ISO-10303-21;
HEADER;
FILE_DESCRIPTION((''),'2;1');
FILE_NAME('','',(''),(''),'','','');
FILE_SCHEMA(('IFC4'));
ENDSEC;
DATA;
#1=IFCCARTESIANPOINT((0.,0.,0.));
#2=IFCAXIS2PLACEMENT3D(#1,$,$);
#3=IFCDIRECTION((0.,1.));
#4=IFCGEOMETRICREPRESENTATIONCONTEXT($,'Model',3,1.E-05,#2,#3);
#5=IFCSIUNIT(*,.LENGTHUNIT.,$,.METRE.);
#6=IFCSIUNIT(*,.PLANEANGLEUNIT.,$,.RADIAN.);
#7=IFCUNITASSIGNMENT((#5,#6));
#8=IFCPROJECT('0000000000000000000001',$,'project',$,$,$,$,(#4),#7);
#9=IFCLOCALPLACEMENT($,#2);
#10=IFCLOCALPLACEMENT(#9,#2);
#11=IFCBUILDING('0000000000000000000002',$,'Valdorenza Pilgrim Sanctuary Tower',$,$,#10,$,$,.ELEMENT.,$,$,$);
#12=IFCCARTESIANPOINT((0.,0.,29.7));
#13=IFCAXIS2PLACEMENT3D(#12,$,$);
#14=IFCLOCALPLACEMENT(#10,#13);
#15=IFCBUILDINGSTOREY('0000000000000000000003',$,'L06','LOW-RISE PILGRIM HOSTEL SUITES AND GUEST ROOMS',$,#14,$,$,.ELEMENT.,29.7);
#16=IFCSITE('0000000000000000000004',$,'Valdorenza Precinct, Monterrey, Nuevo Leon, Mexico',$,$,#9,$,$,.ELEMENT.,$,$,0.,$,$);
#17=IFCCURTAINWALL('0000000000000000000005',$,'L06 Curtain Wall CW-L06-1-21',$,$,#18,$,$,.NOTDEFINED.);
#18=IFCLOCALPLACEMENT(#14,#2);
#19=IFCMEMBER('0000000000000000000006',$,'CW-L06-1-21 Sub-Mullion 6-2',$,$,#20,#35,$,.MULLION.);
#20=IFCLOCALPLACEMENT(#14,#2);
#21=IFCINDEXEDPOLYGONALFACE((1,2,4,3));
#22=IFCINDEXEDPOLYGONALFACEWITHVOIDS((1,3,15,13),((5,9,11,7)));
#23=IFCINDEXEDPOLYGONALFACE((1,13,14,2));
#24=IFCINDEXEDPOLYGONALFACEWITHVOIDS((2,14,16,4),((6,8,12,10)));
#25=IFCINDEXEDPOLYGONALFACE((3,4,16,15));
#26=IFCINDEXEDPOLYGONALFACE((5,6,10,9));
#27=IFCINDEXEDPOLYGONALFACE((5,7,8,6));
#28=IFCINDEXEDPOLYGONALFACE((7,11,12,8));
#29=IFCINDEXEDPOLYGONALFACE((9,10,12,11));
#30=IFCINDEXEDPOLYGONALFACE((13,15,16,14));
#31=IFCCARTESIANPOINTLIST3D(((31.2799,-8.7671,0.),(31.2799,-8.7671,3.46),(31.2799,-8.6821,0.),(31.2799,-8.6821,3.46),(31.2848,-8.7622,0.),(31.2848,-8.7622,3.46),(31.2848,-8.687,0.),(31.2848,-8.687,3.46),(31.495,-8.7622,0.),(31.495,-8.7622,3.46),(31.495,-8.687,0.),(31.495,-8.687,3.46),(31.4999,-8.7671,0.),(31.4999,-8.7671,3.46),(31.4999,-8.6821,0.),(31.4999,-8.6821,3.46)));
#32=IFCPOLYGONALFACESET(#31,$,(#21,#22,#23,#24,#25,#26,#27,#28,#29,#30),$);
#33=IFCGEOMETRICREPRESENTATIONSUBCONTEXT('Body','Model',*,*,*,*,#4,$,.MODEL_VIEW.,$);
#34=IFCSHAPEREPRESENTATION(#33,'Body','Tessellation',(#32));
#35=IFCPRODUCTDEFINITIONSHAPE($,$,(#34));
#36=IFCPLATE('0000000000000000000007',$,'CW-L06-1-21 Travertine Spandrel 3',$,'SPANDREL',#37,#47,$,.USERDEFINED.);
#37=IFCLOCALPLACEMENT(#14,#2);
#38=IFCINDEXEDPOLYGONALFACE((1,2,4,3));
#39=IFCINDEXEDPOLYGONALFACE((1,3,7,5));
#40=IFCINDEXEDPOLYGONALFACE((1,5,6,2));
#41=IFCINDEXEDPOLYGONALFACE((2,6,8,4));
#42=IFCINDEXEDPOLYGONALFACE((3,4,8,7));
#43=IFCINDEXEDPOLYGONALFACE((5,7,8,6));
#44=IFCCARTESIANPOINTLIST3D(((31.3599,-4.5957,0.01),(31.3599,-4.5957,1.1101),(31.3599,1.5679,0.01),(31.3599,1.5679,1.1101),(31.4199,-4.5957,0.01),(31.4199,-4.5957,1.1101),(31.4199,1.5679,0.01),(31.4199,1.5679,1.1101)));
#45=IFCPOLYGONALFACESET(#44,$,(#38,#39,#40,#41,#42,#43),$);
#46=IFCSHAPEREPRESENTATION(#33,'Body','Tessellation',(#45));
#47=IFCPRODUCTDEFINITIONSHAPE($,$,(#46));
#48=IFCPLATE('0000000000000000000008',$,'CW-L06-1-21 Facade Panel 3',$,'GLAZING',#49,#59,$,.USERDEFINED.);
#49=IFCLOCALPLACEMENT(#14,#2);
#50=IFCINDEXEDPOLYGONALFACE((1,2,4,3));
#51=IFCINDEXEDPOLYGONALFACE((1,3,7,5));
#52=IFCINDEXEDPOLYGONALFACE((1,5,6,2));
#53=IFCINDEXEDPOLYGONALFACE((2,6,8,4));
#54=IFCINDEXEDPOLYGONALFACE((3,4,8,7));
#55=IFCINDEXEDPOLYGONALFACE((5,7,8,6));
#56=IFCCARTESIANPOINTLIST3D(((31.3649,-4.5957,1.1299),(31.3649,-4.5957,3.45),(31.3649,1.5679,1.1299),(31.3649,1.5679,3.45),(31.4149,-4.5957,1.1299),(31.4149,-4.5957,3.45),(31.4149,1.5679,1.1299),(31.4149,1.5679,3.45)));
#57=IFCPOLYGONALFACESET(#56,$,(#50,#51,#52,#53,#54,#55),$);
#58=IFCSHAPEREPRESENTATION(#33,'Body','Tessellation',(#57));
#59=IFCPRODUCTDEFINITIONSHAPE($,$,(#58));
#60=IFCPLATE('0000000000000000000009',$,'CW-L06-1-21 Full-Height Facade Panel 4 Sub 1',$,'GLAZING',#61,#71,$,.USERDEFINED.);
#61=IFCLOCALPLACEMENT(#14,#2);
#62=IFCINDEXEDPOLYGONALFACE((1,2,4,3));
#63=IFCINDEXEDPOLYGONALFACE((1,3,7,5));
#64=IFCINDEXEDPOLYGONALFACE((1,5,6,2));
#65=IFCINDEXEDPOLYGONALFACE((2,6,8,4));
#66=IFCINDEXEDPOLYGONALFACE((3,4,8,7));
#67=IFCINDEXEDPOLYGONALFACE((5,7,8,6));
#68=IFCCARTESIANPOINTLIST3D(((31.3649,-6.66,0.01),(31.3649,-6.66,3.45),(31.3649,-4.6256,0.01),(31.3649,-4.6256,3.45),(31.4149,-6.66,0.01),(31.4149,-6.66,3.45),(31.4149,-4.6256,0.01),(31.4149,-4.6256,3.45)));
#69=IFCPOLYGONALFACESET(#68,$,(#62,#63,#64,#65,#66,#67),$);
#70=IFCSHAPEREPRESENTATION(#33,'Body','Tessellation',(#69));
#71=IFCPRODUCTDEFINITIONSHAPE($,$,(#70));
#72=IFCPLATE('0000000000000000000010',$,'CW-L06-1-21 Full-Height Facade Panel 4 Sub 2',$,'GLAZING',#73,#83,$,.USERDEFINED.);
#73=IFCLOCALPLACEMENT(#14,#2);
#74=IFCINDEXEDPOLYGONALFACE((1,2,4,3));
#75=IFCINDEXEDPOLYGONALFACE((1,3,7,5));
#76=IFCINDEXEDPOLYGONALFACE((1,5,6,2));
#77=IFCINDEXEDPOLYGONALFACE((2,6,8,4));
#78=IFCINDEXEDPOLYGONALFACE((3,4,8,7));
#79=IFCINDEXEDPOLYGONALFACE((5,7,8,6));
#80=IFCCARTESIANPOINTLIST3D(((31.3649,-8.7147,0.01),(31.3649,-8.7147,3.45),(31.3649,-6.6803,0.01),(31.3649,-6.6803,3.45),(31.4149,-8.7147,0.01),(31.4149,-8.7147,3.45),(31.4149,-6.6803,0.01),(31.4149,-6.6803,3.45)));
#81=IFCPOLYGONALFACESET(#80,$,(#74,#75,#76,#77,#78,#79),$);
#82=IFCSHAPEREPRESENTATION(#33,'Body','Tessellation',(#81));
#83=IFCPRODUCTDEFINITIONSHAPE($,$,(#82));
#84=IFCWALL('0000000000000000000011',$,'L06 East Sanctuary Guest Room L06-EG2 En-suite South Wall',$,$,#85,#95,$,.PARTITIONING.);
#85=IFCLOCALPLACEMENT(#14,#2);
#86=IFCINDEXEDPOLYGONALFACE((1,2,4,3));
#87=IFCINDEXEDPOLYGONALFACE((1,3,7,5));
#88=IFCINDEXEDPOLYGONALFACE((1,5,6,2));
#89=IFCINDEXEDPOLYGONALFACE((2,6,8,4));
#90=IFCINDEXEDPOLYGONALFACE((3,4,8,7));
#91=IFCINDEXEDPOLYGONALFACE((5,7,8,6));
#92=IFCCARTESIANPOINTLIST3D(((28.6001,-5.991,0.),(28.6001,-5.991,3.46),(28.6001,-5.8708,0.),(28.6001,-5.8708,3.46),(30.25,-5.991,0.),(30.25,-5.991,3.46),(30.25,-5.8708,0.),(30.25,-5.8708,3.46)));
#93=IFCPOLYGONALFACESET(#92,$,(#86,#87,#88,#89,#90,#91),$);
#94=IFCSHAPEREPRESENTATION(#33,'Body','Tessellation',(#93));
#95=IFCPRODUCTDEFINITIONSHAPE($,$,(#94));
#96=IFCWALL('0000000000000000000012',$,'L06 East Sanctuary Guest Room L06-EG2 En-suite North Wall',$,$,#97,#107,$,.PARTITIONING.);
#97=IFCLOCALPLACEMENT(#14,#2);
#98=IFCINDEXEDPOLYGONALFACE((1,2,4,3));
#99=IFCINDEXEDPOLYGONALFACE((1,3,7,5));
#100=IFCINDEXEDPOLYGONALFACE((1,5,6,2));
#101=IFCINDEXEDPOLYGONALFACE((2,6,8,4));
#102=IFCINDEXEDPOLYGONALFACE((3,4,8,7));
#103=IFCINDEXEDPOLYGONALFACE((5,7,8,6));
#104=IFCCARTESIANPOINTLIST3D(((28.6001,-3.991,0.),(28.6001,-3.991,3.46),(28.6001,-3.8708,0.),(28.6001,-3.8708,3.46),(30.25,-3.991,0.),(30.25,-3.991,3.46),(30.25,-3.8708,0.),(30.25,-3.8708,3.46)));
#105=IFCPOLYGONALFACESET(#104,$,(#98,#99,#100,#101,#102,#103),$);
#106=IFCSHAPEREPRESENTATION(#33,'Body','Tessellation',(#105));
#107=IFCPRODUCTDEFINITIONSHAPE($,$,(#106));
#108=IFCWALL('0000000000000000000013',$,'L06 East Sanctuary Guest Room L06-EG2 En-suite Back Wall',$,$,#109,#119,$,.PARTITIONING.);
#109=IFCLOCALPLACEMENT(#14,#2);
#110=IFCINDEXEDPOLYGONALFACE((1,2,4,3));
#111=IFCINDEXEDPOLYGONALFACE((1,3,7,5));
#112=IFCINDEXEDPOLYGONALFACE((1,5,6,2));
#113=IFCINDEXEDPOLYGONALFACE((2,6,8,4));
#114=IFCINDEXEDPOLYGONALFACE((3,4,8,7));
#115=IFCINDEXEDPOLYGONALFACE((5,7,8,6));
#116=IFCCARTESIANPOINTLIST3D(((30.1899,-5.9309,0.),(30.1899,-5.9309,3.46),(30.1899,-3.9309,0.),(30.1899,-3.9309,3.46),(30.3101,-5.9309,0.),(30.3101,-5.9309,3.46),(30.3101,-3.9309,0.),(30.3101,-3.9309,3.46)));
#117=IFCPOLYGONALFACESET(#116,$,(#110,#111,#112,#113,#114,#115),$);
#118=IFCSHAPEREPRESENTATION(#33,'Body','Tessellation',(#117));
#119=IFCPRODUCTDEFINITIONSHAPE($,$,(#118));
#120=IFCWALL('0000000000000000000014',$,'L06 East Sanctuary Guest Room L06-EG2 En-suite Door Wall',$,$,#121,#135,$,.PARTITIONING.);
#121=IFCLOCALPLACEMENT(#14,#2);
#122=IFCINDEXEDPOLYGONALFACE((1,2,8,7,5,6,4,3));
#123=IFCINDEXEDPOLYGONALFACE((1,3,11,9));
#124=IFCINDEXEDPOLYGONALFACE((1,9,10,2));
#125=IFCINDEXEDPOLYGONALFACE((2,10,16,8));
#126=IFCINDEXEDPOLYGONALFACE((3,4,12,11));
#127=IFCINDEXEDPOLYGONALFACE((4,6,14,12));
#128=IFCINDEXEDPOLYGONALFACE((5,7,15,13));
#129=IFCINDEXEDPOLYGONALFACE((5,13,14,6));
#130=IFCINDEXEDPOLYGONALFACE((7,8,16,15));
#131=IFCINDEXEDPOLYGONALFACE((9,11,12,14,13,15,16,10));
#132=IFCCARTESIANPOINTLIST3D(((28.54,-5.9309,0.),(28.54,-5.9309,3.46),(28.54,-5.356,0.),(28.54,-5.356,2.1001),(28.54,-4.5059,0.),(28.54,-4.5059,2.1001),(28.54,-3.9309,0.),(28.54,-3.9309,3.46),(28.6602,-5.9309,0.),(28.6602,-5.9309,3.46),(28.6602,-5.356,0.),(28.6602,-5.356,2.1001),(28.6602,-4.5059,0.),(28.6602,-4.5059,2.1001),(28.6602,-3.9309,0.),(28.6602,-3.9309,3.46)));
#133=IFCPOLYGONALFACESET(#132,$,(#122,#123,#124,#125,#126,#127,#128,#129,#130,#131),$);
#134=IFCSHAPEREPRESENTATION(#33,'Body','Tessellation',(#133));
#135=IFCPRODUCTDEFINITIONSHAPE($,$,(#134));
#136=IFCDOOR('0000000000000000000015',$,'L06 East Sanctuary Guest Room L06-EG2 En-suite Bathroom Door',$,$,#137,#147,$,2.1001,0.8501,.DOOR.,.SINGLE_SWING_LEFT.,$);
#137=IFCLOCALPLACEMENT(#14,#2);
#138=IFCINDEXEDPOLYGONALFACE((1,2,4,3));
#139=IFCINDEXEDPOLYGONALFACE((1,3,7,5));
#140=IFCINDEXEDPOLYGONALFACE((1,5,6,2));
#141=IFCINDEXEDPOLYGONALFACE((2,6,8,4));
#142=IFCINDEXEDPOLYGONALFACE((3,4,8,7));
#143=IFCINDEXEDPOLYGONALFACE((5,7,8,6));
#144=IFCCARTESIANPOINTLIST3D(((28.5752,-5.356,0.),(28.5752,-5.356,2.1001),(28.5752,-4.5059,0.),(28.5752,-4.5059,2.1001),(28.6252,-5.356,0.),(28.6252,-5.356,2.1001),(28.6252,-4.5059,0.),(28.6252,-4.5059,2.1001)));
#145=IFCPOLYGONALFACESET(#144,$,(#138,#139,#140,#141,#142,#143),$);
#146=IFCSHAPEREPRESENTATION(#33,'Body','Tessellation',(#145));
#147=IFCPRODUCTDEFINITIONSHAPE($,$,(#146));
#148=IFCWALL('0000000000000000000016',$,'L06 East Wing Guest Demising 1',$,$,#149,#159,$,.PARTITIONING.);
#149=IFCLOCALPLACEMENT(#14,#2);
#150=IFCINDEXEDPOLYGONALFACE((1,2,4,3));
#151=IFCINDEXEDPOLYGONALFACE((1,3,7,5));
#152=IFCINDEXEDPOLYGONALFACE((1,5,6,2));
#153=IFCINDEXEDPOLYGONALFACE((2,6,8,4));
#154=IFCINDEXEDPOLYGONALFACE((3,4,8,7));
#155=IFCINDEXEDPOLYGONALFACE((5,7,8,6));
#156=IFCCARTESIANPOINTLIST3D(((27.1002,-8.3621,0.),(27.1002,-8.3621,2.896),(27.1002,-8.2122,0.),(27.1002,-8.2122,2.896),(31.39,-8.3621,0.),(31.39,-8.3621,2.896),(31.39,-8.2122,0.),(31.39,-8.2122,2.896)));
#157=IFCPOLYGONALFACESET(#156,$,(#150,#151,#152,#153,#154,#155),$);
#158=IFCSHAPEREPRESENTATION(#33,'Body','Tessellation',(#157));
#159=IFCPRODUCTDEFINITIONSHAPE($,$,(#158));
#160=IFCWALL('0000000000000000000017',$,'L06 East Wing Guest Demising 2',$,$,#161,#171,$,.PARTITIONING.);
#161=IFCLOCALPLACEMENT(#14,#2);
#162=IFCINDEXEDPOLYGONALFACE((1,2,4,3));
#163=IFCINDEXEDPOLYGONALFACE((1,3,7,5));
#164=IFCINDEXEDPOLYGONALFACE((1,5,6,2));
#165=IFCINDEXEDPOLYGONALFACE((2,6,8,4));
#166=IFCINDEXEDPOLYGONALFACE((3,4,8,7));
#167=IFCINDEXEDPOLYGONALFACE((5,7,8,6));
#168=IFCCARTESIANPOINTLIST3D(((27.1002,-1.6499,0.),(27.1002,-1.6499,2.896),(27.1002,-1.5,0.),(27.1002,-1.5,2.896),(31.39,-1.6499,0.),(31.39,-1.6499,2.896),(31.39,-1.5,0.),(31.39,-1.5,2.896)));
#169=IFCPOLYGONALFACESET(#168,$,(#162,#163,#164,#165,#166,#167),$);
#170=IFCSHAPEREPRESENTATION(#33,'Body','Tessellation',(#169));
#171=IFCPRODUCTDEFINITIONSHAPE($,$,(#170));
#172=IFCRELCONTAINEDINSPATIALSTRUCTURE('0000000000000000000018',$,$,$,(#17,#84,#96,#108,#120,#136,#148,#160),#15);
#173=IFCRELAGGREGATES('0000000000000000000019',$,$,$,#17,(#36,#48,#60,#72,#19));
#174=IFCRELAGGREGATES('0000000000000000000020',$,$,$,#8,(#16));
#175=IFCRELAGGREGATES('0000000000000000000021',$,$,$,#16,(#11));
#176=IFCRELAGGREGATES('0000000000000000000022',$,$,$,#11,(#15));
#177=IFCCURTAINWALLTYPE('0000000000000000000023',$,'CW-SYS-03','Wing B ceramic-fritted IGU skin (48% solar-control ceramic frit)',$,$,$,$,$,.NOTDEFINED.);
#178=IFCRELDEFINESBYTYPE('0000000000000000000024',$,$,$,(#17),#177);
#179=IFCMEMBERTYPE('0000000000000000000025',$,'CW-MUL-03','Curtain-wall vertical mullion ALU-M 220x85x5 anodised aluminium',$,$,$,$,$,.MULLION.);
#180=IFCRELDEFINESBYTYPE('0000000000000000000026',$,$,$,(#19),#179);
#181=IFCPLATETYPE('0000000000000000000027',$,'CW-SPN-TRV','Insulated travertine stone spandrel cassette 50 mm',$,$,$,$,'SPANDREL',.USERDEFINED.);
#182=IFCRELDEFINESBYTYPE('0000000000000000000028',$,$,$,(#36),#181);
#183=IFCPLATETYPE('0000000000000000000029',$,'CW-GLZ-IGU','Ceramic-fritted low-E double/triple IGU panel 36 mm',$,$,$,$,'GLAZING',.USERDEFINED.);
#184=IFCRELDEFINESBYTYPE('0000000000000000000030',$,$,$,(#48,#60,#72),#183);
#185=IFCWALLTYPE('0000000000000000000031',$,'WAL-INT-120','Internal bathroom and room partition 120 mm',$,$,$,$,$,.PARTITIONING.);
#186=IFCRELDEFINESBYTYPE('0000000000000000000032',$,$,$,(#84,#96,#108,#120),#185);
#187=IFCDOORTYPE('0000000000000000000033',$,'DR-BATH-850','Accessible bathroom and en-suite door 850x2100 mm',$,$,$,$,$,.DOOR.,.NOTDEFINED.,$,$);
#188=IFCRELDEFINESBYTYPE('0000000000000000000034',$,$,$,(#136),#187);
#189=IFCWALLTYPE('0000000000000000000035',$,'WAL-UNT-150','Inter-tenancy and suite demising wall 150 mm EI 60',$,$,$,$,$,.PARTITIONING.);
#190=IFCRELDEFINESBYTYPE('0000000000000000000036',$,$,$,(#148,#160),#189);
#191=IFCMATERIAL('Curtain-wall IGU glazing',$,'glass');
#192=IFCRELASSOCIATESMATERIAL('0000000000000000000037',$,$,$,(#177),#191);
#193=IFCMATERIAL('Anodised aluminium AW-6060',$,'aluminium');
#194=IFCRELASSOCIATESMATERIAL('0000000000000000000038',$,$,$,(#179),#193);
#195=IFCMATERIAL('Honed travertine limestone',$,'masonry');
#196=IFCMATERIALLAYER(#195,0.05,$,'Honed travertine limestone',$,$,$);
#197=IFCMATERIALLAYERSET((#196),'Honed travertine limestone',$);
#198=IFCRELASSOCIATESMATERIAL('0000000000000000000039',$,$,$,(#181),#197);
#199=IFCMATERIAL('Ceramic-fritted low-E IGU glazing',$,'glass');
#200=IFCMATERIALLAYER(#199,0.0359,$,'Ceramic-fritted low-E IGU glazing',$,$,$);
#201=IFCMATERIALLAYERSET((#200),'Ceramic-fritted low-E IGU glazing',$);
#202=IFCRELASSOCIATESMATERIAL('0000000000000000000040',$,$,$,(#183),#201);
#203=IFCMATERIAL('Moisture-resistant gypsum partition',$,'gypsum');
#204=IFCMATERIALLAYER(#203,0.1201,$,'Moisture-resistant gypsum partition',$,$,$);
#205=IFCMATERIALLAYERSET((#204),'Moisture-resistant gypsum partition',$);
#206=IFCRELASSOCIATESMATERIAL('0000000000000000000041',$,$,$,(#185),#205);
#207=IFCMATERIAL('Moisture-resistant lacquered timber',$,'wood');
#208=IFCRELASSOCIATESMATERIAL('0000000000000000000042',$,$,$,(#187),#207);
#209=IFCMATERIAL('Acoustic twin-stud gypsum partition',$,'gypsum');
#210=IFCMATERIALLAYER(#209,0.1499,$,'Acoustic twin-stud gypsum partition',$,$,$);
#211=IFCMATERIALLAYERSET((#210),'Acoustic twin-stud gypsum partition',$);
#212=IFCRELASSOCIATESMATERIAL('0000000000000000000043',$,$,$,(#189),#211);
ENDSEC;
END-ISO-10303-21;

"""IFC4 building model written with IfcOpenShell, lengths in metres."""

from ifc_helpers import new_model, si_unit, direction, frame, frame_2d, origin, origin_2d, place, context, subcontext, project, spatial, rectangle, hollow_rectangle, extrude, source, transform, mapped, material, layer, layer_set, material_profile, profile_set, type_object, element, fill, aggregate, save


model = new_model("IFC4")

# Units and contexts
model_context = context("Model", 3, precision=1e-05, world=origin(), true_north=direction((0.0, 1.0)))
body_context = subcontext(model_context, "Body", "Model", "MODEL_VIEW")
ifc_project = project(units=[si_unit("LENGTHUNIT", "METRE"), si_unit("PLANEANGLEUNIT", "RADIAN")], contexts=[model_context])

# Site, building, storey
site_placement = place(None, origin())
site = spatial("IfcSite", under=ifc_project, at=site_placement, Name="Valdorenza Precinct, Monterrey, Nuevo Leon, Mexico", CompositionType="ELEMENT", RefElevation=0.0)
building_placement = place(site_placement, origin())
building = spatial("IfcBuilding", under=site, at=building_placement, Name="Valdorenza Pilgrim Sanctuary Tower", CompositionType="ELEMENT")
storey_placement = place(building_placement, frame((0.0, 0.0, 29.7)))
storey = spatial("IfcBuildingStorey", under=building, at=storey_placement, Name="L06", Description="LOW-RISE PILGRIM HOSTEL SUITES AND GUEST ROOMS", CompositionType="ELEMENT", Elevation=29.7)

# Curtain wall, member, plates
ifc_material_1 = material(Name="Curtain-wall IGU glazing", Category="glass")
curtain_wall_type = type_object("IfcCurtainWallType", Name="CW-SYS-03", Description="Wing B ceramic-fritted IGU skin (48% solar-control ceramic frit)", PredefinedType="NOTDEFINED", material=ifc_material_1)
curtain_wall_placement = place(storey_placement, origin())
curtain_wall = element("IfcCurtainWall", 1, at=curtain_wall_placement, inside=storey, type_object=curtain_wall_type, Name="L06 Curtain Wall CW-L06-1-21", PredefinedType="NOTDEFINED")
ifc_material_2 = material(Name="Anodised aluminium AW-6060", Category="aluminium")
ifc_material_profile_1 = material_profile(ifc_material_2, hollow_rectangle(XDim=0.085, YDim=0.22, WallThickness=0.0049, at=origin_2d()), Name="ALU-M 220x85x5")
ifc_profile_set_1 = profile_set([ifc_material_profile_1], Name="Anodised aluminium AW-6060")
member_type = type_object("IfcMemberType", Name="CW-MUL-03", Description="Curtain-wall vertical mullion ALU-M 220x85x5 anodised aluminium", PredefinedType="MULLION", material=ifc_profile_set_1)
shared_shape_1 = source(origin(), body_context, "Body", "SweptSolid", [
    extrude(hollow_rectangle(XDim=0.085, YDim=0.22, WallThickness=0.0049, at=origin_2d()), origin(), (0.0, 0.0, 1.0), 3.46),
])
member_1_placement = place(storey_placement, frame((31.3899, -8.7246, 0.0), z_axis=(0.0, 0.0, 1.0), x_axis=(0.0, -1.0, 0.0)))
member_1 = element("IfcMember", 2, at=member_1_placement, type_object=member_type, Name="CW-L06-1-21 Sub-Mullion 6-2", PredefinedType="MULLION", context=body_context, shape_type="MappedRepresentation", body=[
    mapped(shared_shape_1, transform((0.0, 0.0, 0.0), x_axis=(1.0, 0.0, 0.0), y_axis=(0.0, 1.0, 0.0), z_axis=(0.0, 0.0, 1.0), scale=1.0)),
])
ifc_material_3 = material(Name="Honed travertine limestone", Category="masonry")
ifc_layer_1 = layer(ifc_material_3, 0.05, Name="Honed travertine limestone")
ifc_layer_set_1 = layer_set([ifc_layer_1], Name="Honed travertine limestone")
plate_type_1 = type_object("IfcPlateType", Name="CW-SPN-TRV", Description="Insulated travertine stone spandrel cassette 50 mm", ElementType="SPANDREL", PredefinedType="USERDEFINED", material=ifc_layer_set_1)
shared_shape_2 = source(origin(), body_context, "Body", "SweptSolid", [
    extrude(rectangle(XDim=6.1636, YDim=0.0601, at=origin_2d()), origin(), (0.0, 0.0, 1.0), 1.1001),
])
plate_1_placement = place(storey_placement, frame((31.3899, -1.5139, 0.01), z_axis=(0.0, 0.0, 1.0), x_axis=(0.0, -1.0, 0.0)))
plate_1 = element("IfcPlate", 3, at=plate_1_placement, type_object=plate_type_1, Name="CW-L06-1-21 Travertine Spandrel 3", ObjectType="SPANDREL", PredefinedType="USERDEFINED", context=body_context, shape_type="MappedRepresentation", body=[
    mapped(shared_shape_2, transform((0.0, 0.0, 0.0), x_axis=(1.0, 0.0, 0.0), y_axis=(0.0, 1.0, 0.0), z_axis=(0.0, 0.0, 1.0), scale=1.0)),
])
ifc_material_4 = material(Name="Ceramic-fritted low-E IGU glazing", Category="glass")
ifc_layer_2 = layer(ifc_material_4, 0.0359, Name="Ceramic-fritted low-E IGU glazing")
ifc_layer_set_2 = layer_set([ifc_layer_2], Name="Ceramic-fritted low-E IGU glazing")
plate_type_2 = type_object("IfcPlateType", Name="CW-GLZ-IGU", Description="Ceramic-fritted low-E double/triple IGU panel 36 mm", ElementType="GLAZING", PredefinedType="USERDEFINED", material=ifc_layer_set_2)
shared_shape_3 = source(origin(), body_context, "Body", "SweptSolid", [
    extrude(rectangle(XDim=6.1636, YDim=0.05, at=origin_2d()), origin(), (0.0, 0.0, 1.0), 2.3201),
])
plate_2_placement = place(storey_placement, frame((31.3899, -1.5139, 1.1299), z_axis=(0.0, 0.0, 1.0), x_axis=(0.0, -1.0, 0.0)))
plate_2 = element("IfcPlate", 4, at=plate_2_placement, type_object=plate_type_2, Name="CW-L06-1-21 Facade Panel 3", ObjectType="GLAZING", PredefinedType="USERDEFINED", context=body_context, shape_type="MappedRepresentation", body=[
    mapped(shared_shape_3, transform((0.0, 0.0, 0.0), x_axis=(1.0, 0.0, 0.0), y_axis=(0.0, 1.0, 0.0), z_axis=(0.0, 0.0, 1.0), scale=1.0)),
])
shared_shape_4 = source(origin(), body_context, "Body", "SweptSolid", [
    extrude(rectangle(XDim=2.0344, YDim=0.05, at=origin_2d()), origin(), (0.0, 0.0, 1.0), 3.4399),
])
plate_3_placement = place(storey_placement, frame((31.3899, -5.6428, 0.01), z_axis=(0.0, 0.0, 1.0), x_axis=(0.0, -1.0, 0.0)))
plate_3 = element("IfcPlate", 5, at=plate_3_placement, type_object=plate_type_2, Name="CW-L06-1-21 Full-Height Facade Panel 4 Sub 1", ObjectType="GLAZING", PredefinedType="USERDEFINED", context=body_context, shape_type="MappedRepresentation", body=[
    mapped(shared_shape_4, transform((0.0, 0.0, 0.0), x_axis=(1.0, 0.0, 0.0), y_axis=(0.0, 1.0, 0.0), z_axis=(0.0, 0.0, 1.0), scale=1.0)),
])
plate_4_placement = place(storey_placement, frame((31.3899, -7.6975, 0.01), z_axis=(0.0, 0.0, 1.0), x_axis=(0.0, -1.0, 0.0)))
plate_4 = element("IfcPlate", 6, at=plate_4_placement, type_object=plate_type_2, Name="CW-L06-1-21 Full-Height Facade Panel 4 Sub 2", ObjectType="GLAZING", PredefinedType="USERDEFINED", context=body_context, shape_type="MappedRepresentation", body=[
    mapped(shared_shape_4, transform((0.0, 0.0, 0.0), x_axis=(1.0, 0.0, 0.0), y_axis=(0.0, 1.0, 0.0), z_axis=(0.0, 0.0, 1.0), scale=1.0)),
])
aggregate(curtain_wall, [plate_1, plate_2, plate_3, plate_4, member_1])

# Walls
ifc_material_5 = material(Name="Moisture-resistant gypsum partition", Category="gypsum")
ifc_layer_3 = layer(ifc_material_5, 0.1201, Name="Moisture-resistant gypsum partition")
ifc_layer_set_3 = layer_set([ifc_layer_3], Name="Moisture-resistant gypsum partition")
wall_type_1 = type_object("IfcWallType", Name="WAL-INT-120", Description="Internal bathroom and room partition 120 mm", PredefinedType="PARTITIONING", material=ifc_layer_set_3)
for number, where, z_axis, x_axis, name in (
    (7, (28.6001, -5.9309, 0.0), (0.0, 0.0, 1.0), (1.0, 0.0, 0.0), "L06 East Sanctuary Guest Room L06-EG2 En-suite South Wall"),
    (8, (28.6001, -3.9309, 0.0), (0.0, 0.0, 1.0), (1.0, 0.0, 0.0), "L06 East Sanctuary Guest Room L06-EG2 En-suite North Wall"),
):
    element("IfcWall", number, at=place(storey_placement, frame(where, z_axis=z_axis, x_axis=x_axis)), inside=storey, type_object=wall_type_1, Name=name, PredefinedType="PARTITIONING", context=body_context, shape_type="SweptSolid", body=[
        extrude(rectangle(XDim=1.6499, YDim=0.1201, at=frame_2d((0.825, 0.0))), origin(), (0.0, 0.0, 1.0), 3.46),
    ])
wall_1_placement = place(storey_placement, frame((30.25, -5.9309, 0.0), z_axis=(0.0, 0.0, 1.0), x_axis=(0.0, 1.0, 0.0)))
element("IfcWall", 9, at=wall_1_placement, inside=storey, type_object=wall_type_1, Name="L06 East Sanctuary Guest Room L06-EG2 En-suite Back Wall", PredefinedType="PARTITIONING", context=body_context, shape_type="SweptSolid", body=[
    extrude(rectangle(XDim=2.0, YDim=0.1201, at=frame_2d((1.0, 0.0))), origin(), (0.0, 0.0, 1.0), 3.46),
])

# Wall, opening, door
wall_2_placement = place(storey_placement, frame((28.6001, -5.9309, 0.0), z_axis=(0.0, 0.0, 1.0), x_axis=(0.0, 1.0, 0.0)))
wall_2 = element("IfcWall", 10, at=wall_2_placement, inside=storey, type_object=wall_type_1, Name="L06 East Sanctuary Guest Room L06-EG2 En-suite Door Wall", PredefinedType="PARTITIONING", context=body_context, shape_type="SweptSolid", body=[
    extrude(rectangle(XDim=2.0, YDim=0.1201, at=frame_2d((1.0, 0.0))), origin(), (0.0, 0.0, 1.0), 3.46),
])
opening_placement = place(wall_2_placement, frame((0.575, 0.0, 0.0)))
opening = element("IfcOpeningElement", 11, at=opening_placement, cuts=wall_2, PredefinedType="OPENING", context=body_context, shape_type="SweptSolid", body=[
    extrude(rectangle(XDim=0.8501, YDim=2.1001, at=frame_2d((0.425, 1.05))), frame((0.0, 0.075, 0.0), z_axis=(0.0, -1.0, 0.0), x_axis=(1.0, 0.0, 0.0)), (0.0, 0.0, 1.0), 0.1499),
])
ifc_material_6 = material(Name="Moisture-resistant lacquered timber", Category="wood")
door_type = type_object("IfcDoorType", Name="DR-BATH-850", Description="Accessible bathroom and en-suite door 850x2100 mm", OperationType="NOTDEFINED", PredefinedType="DOOR", material=ifc_material_6)
door_placement = place(opening_placement, origin())
door = element("IfcDoor", 12, at=door_placement, inside=storey, type_object=door_type, Name="L06 East Sanctuary Guest Room L06-EG2 En-suite Bathroom Door", OperationType="SINGLE_SWING_LEFT", OverallHeight=2.1001, OverallWidth=0.8501, PredefinedType="DOOR", context=body_context, shape_type="SweptSolid", body=[
    extrude(rectangle(XDim=0.8501, YDim=2.1001, at=frame_2d((0.425, 1.05))), frame((0.0, 0.0249, 0.0), z_axis=(0.0, -1.0, 0.0), x_axis=(1.0, 0.0, 0.0)), (0.0, 0.0, 1.0), 0.05),
])
fill(opening, door)

# Walls
ifc_material_7 = material(Name="Acoustic twin-stud gypsum partition", Category="gypsum")
ifc_layer_4 = layer(ifc_material_7, 0.1499, Name="Acoustic twin-stud gypsum partition")
ifc_layer_set_4 = layer_set([ifc_layer_4], Name="Acoustic twin-stud gypsum partition")
wall_type_2 = type_object("IfcWallType", Name="WAL-UNT-150", Description="Inter-tenancy and suite demising wall 150 mm EI 60", PredefinedType="PARTITIONING", material=ifc_layer_set_4)
for number, where, z_axis, x_axis, name in (
    (13, (27.1001, -8.2871, 0.0), (0.0, 0.0, 1.0), (1.0, 0.0, 0.0), "L06 East Wing Guest Demising 1"),
    (14, (27.1001, -1.575, 0.0), (0.0, 0.0, 1.0), (1.0, 0.0, 0.0), "L06 East Wing Guest Demising 2"),
):
    element("IfcWall", number, at=place(storey_placement, frame(where, z_axis=z_axis, x_axis=x_axis)), inside=storey, type_object=wall_type_2, Name=name, PredefinedType="PARTITIONING", context=body_context, shape_type="SweptSolid", body=[
        extrude(rectangle(XDim=4.2898, YDim=0.1499, at=frame_2d((2.145, 0.0))), origin(), (0.0, 0.0, 1.0), 2.896),
    ])

save(model, "model.ifc")
